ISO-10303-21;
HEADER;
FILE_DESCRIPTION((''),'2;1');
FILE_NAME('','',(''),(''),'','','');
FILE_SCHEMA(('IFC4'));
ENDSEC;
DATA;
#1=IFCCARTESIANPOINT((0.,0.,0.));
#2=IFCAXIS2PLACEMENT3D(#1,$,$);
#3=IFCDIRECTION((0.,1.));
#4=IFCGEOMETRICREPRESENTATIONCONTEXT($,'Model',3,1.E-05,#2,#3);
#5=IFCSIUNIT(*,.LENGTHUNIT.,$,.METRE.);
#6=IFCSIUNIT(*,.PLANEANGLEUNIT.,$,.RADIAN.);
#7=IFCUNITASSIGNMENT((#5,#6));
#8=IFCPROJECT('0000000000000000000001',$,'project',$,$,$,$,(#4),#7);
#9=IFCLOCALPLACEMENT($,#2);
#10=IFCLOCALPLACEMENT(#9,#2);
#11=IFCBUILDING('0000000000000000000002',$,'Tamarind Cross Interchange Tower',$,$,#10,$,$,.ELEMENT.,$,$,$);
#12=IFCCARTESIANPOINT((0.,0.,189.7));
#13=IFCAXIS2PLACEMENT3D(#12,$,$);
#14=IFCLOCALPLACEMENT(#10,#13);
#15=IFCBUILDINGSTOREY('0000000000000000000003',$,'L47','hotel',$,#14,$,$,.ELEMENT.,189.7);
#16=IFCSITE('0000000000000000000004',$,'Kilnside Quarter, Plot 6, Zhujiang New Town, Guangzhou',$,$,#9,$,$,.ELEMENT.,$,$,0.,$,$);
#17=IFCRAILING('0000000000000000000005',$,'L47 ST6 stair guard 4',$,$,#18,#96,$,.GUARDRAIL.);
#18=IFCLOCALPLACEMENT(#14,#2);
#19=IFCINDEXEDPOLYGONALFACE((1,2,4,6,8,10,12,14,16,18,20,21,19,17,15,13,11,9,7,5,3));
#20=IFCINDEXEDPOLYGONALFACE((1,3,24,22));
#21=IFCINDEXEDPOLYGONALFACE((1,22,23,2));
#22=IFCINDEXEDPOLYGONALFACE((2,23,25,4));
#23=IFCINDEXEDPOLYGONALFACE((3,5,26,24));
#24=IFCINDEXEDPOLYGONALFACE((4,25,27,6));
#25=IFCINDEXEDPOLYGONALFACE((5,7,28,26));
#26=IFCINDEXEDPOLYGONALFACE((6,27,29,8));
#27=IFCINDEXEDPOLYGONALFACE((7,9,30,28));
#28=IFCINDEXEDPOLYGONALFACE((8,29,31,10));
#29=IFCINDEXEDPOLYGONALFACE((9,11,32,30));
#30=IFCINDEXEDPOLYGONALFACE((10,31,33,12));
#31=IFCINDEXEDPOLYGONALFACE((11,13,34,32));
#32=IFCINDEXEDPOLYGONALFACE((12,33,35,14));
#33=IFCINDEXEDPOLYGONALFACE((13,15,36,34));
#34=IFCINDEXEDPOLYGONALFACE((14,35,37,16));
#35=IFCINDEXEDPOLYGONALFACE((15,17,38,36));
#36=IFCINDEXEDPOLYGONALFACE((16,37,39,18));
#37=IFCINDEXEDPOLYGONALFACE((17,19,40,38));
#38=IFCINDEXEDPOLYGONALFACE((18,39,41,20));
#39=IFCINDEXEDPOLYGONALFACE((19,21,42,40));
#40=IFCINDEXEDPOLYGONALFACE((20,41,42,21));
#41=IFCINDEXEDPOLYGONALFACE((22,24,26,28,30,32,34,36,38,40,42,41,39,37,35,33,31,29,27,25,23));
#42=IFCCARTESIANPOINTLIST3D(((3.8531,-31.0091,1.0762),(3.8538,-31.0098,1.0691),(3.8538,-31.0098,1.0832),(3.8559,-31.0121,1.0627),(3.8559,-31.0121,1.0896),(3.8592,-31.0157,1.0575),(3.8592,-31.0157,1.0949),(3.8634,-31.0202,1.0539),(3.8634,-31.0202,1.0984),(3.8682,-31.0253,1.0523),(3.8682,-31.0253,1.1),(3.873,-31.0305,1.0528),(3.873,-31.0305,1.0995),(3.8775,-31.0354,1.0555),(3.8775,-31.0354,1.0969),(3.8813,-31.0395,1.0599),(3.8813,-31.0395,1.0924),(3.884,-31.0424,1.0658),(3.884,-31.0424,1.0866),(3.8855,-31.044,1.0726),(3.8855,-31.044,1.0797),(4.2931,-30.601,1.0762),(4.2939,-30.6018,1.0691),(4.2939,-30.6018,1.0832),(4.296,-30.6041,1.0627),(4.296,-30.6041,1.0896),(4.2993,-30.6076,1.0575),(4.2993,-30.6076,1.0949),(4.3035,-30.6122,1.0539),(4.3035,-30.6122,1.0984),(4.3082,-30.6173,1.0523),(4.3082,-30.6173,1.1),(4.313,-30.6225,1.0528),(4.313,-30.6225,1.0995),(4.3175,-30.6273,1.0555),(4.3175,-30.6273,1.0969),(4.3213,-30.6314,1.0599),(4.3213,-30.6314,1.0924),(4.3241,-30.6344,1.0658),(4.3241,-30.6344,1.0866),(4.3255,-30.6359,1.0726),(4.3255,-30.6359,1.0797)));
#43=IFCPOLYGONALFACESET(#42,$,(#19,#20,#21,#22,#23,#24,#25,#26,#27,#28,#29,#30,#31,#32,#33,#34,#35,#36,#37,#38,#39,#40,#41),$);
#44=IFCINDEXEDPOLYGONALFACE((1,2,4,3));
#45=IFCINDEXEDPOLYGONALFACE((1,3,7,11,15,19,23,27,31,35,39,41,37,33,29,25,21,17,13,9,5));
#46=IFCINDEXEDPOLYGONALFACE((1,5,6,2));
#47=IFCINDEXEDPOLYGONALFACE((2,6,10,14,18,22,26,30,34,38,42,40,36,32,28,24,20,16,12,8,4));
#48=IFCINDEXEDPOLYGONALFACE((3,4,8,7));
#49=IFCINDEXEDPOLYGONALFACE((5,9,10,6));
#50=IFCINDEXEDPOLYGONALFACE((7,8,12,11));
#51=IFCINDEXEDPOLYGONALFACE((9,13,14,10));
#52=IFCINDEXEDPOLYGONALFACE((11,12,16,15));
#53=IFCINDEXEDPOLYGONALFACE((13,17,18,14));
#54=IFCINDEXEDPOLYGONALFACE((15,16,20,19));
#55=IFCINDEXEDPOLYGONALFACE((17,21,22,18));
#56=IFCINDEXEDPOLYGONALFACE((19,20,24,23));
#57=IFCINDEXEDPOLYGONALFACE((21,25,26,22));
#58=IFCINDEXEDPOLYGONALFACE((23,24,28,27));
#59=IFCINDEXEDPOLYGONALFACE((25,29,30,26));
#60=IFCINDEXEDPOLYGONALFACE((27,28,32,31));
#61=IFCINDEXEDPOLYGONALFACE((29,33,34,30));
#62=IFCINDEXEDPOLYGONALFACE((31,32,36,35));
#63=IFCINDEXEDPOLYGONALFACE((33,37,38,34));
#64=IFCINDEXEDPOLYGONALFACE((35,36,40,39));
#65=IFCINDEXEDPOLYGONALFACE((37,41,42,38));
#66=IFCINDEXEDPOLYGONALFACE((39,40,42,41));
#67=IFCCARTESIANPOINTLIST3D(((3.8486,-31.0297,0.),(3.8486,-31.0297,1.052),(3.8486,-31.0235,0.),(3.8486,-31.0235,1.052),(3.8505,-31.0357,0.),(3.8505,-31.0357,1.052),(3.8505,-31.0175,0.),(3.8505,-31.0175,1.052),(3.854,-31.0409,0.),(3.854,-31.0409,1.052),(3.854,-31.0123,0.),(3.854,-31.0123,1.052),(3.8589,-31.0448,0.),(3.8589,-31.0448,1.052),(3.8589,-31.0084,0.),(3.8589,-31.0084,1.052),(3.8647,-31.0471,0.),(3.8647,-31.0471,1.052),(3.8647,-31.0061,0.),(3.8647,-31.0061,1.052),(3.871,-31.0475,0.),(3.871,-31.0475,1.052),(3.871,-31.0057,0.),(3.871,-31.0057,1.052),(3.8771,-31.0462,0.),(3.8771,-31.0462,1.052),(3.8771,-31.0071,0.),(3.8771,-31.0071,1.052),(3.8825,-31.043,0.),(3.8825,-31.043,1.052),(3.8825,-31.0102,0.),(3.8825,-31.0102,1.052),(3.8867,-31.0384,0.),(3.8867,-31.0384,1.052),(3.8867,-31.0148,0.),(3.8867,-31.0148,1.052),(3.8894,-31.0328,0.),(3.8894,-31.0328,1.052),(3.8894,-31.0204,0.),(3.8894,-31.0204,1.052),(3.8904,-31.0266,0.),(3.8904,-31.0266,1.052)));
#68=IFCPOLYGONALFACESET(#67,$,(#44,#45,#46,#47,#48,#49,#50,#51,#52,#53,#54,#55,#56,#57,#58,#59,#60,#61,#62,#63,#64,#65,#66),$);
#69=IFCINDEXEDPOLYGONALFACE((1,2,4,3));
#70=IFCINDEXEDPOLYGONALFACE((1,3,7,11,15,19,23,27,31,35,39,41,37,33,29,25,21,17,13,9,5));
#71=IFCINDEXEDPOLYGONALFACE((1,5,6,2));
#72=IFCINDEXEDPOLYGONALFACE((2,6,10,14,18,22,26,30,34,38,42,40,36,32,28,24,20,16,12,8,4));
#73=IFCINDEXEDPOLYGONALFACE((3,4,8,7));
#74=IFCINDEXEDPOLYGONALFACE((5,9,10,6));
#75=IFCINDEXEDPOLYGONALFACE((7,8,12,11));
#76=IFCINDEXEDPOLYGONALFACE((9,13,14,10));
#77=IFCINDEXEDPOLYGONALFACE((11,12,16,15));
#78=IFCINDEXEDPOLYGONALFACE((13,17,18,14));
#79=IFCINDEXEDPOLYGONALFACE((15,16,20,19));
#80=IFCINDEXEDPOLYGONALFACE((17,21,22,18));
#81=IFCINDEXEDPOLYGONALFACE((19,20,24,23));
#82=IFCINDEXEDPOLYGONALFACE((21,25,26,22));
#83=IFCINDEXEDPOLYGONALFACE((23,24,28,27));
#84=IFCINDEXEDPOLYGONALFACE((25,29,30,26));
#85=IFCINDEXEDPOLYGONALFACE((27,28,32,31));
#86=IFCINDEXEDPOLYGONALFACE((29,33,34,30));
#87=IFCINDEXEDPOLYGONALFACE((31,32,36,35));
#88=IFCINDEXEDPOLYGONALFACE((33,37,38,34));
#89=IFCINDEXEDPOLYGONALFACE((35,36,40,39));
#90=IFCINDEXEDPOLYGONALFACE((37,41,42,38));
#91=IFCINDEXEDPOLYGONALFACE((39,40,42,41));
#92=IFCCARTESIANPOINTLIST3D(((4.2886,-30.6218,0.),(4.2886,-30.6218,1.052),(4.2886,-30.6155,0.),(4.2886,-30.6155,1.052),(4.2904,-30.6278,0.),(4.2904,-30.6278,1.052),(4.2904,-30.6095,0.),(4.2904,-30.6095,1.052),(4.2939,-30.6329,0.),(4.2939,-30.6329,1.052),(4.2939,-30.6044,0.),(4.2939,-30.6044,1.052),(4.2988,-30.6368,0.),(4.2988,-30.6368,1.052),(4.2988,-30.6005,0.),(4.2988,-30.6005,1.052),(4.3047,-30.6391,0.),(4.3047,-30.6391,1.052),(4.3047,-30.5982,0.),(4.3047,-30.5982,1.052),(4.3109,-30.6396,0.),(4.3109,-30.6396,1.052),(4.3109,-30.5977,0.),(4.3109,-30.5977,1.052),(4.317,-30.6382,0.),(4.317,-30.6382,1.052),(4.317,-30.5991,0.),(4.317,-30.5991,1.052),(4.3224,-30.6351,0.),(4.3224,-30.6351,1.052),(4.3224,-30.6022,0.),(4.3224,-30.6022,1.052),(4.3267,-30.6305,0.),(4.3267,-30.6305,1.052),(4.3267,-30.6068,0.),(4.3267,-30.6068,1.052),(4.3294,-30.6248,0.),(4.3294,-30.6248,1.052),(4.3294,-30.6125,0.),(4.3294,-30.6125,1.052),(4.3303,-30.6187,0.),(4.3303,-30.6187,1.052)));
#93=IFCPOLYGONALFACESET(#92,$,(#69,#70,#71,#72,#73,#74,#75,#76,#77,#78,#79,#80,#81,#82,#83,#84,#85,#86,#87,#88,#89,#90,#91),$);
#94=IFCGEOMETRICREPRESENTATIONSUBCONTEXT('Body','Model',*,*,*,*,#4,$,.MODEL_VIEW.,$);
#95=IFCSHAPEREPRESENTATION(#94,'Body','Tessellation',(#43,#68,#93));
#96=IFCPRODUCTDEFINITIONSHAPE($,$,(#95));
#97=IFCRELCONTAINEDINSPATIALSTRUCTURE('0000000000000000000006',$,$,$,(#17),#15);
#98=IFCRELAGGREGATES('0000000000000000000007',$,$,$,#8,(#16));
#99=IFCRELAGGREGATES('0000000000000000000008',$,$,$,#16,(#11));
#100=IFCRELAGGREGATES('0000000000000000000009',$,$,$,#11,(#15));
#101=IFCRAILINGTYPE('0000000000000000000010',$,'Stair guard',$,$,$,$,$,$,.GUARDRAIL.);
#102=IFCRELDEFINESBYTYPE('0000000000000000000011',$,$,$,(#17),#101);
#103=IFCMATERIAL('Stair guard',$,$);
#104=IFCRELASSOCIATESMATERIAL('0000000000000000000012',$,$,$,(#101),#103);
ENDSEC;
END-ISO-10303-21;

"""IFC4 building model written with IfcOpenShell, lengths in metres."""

from ifc_helpers import new_model, si_unit, direction, frame, origin, origin_2d, place, context, subcontext, project, spatial, circle, extrude, material, type_object, element, save


model = new_model("IFC4")

# Units and contexts
model_context = context("Model", 3, precision=1e-05, world=origin(), true_north=direction((0.0, 1.0)))
body_context = subcontext(model_context, "Body", "Model", "MODEL_VIEW")
ifc_project = project(units=[si_unit("LENGTHUNIT", "METRE"), si_unit("PLANEANGLEUNIT", "RADIAN")], contexts=[model_context])

# Site, building, storey
site_placement = place(None, origin())
site = spatial("IfcSite", under=ifc_project, at=site_placement, Name="Kilnside Quarter, Plot 6, Zhujiang New Town, Guangzhou", CompositionType="ELEMENT", RefElevation=0.0)
building_placement = place(site_placement, origin())
building = spatial("IfcBuilding", under=site, at=building_placement, Name="Tamarind Cross Interchange Tower", CompositionType="ELEMENT")
storey_placement = place(building_placement, frame((0.0, 0.0, 189.7)))
storey = spatial("IfcBuildingStorey", under=building, at=storey_placement, Name="L47", Description="hotel", CompositionType="ELEMENT", Elevation=189.7)

# Railing
ifc_material_1 = material(Name="Stair guard")
railing_type_1 = type_object("IfcRailingType", Name="Stair guard", PredefinedType="GUARDRAIL", material=ifc_material_1)
railing_1_placement = place(storey_placement, frame((3.8694, -31.0266, 0.0)))
element("IfcRailing", 1, at=railing_1_placement, inside=storey, type_object=railing_type_1, Name="L47 ST6 stair guard 4", PredefinedType="GUARDRAIL", context=body_context, shape_type="SweptSolid", body=[
    extrude(circle(Radius=0.0239, at=origin_2d()), frame((0.0, 0.0, 1.0762), z_axis=(0.733257, 0.679951, 0.0), x_axis=(-0.679951, 0.733257, 0.0)), (0.0, 0.0, 1.0), 0.6001),
    extrude(circle(Radius=0.021, at=origin_2d()), origin(), (0.0, 0.0, 1.0), 1.052),
    extrude(circle(Radius=0.021, at=origin_2d()), frame((0.4399, 0.408, 0.0)), (0.0, 0.0, 1.0), 1.052),
])

save(model, "model.ifc")
